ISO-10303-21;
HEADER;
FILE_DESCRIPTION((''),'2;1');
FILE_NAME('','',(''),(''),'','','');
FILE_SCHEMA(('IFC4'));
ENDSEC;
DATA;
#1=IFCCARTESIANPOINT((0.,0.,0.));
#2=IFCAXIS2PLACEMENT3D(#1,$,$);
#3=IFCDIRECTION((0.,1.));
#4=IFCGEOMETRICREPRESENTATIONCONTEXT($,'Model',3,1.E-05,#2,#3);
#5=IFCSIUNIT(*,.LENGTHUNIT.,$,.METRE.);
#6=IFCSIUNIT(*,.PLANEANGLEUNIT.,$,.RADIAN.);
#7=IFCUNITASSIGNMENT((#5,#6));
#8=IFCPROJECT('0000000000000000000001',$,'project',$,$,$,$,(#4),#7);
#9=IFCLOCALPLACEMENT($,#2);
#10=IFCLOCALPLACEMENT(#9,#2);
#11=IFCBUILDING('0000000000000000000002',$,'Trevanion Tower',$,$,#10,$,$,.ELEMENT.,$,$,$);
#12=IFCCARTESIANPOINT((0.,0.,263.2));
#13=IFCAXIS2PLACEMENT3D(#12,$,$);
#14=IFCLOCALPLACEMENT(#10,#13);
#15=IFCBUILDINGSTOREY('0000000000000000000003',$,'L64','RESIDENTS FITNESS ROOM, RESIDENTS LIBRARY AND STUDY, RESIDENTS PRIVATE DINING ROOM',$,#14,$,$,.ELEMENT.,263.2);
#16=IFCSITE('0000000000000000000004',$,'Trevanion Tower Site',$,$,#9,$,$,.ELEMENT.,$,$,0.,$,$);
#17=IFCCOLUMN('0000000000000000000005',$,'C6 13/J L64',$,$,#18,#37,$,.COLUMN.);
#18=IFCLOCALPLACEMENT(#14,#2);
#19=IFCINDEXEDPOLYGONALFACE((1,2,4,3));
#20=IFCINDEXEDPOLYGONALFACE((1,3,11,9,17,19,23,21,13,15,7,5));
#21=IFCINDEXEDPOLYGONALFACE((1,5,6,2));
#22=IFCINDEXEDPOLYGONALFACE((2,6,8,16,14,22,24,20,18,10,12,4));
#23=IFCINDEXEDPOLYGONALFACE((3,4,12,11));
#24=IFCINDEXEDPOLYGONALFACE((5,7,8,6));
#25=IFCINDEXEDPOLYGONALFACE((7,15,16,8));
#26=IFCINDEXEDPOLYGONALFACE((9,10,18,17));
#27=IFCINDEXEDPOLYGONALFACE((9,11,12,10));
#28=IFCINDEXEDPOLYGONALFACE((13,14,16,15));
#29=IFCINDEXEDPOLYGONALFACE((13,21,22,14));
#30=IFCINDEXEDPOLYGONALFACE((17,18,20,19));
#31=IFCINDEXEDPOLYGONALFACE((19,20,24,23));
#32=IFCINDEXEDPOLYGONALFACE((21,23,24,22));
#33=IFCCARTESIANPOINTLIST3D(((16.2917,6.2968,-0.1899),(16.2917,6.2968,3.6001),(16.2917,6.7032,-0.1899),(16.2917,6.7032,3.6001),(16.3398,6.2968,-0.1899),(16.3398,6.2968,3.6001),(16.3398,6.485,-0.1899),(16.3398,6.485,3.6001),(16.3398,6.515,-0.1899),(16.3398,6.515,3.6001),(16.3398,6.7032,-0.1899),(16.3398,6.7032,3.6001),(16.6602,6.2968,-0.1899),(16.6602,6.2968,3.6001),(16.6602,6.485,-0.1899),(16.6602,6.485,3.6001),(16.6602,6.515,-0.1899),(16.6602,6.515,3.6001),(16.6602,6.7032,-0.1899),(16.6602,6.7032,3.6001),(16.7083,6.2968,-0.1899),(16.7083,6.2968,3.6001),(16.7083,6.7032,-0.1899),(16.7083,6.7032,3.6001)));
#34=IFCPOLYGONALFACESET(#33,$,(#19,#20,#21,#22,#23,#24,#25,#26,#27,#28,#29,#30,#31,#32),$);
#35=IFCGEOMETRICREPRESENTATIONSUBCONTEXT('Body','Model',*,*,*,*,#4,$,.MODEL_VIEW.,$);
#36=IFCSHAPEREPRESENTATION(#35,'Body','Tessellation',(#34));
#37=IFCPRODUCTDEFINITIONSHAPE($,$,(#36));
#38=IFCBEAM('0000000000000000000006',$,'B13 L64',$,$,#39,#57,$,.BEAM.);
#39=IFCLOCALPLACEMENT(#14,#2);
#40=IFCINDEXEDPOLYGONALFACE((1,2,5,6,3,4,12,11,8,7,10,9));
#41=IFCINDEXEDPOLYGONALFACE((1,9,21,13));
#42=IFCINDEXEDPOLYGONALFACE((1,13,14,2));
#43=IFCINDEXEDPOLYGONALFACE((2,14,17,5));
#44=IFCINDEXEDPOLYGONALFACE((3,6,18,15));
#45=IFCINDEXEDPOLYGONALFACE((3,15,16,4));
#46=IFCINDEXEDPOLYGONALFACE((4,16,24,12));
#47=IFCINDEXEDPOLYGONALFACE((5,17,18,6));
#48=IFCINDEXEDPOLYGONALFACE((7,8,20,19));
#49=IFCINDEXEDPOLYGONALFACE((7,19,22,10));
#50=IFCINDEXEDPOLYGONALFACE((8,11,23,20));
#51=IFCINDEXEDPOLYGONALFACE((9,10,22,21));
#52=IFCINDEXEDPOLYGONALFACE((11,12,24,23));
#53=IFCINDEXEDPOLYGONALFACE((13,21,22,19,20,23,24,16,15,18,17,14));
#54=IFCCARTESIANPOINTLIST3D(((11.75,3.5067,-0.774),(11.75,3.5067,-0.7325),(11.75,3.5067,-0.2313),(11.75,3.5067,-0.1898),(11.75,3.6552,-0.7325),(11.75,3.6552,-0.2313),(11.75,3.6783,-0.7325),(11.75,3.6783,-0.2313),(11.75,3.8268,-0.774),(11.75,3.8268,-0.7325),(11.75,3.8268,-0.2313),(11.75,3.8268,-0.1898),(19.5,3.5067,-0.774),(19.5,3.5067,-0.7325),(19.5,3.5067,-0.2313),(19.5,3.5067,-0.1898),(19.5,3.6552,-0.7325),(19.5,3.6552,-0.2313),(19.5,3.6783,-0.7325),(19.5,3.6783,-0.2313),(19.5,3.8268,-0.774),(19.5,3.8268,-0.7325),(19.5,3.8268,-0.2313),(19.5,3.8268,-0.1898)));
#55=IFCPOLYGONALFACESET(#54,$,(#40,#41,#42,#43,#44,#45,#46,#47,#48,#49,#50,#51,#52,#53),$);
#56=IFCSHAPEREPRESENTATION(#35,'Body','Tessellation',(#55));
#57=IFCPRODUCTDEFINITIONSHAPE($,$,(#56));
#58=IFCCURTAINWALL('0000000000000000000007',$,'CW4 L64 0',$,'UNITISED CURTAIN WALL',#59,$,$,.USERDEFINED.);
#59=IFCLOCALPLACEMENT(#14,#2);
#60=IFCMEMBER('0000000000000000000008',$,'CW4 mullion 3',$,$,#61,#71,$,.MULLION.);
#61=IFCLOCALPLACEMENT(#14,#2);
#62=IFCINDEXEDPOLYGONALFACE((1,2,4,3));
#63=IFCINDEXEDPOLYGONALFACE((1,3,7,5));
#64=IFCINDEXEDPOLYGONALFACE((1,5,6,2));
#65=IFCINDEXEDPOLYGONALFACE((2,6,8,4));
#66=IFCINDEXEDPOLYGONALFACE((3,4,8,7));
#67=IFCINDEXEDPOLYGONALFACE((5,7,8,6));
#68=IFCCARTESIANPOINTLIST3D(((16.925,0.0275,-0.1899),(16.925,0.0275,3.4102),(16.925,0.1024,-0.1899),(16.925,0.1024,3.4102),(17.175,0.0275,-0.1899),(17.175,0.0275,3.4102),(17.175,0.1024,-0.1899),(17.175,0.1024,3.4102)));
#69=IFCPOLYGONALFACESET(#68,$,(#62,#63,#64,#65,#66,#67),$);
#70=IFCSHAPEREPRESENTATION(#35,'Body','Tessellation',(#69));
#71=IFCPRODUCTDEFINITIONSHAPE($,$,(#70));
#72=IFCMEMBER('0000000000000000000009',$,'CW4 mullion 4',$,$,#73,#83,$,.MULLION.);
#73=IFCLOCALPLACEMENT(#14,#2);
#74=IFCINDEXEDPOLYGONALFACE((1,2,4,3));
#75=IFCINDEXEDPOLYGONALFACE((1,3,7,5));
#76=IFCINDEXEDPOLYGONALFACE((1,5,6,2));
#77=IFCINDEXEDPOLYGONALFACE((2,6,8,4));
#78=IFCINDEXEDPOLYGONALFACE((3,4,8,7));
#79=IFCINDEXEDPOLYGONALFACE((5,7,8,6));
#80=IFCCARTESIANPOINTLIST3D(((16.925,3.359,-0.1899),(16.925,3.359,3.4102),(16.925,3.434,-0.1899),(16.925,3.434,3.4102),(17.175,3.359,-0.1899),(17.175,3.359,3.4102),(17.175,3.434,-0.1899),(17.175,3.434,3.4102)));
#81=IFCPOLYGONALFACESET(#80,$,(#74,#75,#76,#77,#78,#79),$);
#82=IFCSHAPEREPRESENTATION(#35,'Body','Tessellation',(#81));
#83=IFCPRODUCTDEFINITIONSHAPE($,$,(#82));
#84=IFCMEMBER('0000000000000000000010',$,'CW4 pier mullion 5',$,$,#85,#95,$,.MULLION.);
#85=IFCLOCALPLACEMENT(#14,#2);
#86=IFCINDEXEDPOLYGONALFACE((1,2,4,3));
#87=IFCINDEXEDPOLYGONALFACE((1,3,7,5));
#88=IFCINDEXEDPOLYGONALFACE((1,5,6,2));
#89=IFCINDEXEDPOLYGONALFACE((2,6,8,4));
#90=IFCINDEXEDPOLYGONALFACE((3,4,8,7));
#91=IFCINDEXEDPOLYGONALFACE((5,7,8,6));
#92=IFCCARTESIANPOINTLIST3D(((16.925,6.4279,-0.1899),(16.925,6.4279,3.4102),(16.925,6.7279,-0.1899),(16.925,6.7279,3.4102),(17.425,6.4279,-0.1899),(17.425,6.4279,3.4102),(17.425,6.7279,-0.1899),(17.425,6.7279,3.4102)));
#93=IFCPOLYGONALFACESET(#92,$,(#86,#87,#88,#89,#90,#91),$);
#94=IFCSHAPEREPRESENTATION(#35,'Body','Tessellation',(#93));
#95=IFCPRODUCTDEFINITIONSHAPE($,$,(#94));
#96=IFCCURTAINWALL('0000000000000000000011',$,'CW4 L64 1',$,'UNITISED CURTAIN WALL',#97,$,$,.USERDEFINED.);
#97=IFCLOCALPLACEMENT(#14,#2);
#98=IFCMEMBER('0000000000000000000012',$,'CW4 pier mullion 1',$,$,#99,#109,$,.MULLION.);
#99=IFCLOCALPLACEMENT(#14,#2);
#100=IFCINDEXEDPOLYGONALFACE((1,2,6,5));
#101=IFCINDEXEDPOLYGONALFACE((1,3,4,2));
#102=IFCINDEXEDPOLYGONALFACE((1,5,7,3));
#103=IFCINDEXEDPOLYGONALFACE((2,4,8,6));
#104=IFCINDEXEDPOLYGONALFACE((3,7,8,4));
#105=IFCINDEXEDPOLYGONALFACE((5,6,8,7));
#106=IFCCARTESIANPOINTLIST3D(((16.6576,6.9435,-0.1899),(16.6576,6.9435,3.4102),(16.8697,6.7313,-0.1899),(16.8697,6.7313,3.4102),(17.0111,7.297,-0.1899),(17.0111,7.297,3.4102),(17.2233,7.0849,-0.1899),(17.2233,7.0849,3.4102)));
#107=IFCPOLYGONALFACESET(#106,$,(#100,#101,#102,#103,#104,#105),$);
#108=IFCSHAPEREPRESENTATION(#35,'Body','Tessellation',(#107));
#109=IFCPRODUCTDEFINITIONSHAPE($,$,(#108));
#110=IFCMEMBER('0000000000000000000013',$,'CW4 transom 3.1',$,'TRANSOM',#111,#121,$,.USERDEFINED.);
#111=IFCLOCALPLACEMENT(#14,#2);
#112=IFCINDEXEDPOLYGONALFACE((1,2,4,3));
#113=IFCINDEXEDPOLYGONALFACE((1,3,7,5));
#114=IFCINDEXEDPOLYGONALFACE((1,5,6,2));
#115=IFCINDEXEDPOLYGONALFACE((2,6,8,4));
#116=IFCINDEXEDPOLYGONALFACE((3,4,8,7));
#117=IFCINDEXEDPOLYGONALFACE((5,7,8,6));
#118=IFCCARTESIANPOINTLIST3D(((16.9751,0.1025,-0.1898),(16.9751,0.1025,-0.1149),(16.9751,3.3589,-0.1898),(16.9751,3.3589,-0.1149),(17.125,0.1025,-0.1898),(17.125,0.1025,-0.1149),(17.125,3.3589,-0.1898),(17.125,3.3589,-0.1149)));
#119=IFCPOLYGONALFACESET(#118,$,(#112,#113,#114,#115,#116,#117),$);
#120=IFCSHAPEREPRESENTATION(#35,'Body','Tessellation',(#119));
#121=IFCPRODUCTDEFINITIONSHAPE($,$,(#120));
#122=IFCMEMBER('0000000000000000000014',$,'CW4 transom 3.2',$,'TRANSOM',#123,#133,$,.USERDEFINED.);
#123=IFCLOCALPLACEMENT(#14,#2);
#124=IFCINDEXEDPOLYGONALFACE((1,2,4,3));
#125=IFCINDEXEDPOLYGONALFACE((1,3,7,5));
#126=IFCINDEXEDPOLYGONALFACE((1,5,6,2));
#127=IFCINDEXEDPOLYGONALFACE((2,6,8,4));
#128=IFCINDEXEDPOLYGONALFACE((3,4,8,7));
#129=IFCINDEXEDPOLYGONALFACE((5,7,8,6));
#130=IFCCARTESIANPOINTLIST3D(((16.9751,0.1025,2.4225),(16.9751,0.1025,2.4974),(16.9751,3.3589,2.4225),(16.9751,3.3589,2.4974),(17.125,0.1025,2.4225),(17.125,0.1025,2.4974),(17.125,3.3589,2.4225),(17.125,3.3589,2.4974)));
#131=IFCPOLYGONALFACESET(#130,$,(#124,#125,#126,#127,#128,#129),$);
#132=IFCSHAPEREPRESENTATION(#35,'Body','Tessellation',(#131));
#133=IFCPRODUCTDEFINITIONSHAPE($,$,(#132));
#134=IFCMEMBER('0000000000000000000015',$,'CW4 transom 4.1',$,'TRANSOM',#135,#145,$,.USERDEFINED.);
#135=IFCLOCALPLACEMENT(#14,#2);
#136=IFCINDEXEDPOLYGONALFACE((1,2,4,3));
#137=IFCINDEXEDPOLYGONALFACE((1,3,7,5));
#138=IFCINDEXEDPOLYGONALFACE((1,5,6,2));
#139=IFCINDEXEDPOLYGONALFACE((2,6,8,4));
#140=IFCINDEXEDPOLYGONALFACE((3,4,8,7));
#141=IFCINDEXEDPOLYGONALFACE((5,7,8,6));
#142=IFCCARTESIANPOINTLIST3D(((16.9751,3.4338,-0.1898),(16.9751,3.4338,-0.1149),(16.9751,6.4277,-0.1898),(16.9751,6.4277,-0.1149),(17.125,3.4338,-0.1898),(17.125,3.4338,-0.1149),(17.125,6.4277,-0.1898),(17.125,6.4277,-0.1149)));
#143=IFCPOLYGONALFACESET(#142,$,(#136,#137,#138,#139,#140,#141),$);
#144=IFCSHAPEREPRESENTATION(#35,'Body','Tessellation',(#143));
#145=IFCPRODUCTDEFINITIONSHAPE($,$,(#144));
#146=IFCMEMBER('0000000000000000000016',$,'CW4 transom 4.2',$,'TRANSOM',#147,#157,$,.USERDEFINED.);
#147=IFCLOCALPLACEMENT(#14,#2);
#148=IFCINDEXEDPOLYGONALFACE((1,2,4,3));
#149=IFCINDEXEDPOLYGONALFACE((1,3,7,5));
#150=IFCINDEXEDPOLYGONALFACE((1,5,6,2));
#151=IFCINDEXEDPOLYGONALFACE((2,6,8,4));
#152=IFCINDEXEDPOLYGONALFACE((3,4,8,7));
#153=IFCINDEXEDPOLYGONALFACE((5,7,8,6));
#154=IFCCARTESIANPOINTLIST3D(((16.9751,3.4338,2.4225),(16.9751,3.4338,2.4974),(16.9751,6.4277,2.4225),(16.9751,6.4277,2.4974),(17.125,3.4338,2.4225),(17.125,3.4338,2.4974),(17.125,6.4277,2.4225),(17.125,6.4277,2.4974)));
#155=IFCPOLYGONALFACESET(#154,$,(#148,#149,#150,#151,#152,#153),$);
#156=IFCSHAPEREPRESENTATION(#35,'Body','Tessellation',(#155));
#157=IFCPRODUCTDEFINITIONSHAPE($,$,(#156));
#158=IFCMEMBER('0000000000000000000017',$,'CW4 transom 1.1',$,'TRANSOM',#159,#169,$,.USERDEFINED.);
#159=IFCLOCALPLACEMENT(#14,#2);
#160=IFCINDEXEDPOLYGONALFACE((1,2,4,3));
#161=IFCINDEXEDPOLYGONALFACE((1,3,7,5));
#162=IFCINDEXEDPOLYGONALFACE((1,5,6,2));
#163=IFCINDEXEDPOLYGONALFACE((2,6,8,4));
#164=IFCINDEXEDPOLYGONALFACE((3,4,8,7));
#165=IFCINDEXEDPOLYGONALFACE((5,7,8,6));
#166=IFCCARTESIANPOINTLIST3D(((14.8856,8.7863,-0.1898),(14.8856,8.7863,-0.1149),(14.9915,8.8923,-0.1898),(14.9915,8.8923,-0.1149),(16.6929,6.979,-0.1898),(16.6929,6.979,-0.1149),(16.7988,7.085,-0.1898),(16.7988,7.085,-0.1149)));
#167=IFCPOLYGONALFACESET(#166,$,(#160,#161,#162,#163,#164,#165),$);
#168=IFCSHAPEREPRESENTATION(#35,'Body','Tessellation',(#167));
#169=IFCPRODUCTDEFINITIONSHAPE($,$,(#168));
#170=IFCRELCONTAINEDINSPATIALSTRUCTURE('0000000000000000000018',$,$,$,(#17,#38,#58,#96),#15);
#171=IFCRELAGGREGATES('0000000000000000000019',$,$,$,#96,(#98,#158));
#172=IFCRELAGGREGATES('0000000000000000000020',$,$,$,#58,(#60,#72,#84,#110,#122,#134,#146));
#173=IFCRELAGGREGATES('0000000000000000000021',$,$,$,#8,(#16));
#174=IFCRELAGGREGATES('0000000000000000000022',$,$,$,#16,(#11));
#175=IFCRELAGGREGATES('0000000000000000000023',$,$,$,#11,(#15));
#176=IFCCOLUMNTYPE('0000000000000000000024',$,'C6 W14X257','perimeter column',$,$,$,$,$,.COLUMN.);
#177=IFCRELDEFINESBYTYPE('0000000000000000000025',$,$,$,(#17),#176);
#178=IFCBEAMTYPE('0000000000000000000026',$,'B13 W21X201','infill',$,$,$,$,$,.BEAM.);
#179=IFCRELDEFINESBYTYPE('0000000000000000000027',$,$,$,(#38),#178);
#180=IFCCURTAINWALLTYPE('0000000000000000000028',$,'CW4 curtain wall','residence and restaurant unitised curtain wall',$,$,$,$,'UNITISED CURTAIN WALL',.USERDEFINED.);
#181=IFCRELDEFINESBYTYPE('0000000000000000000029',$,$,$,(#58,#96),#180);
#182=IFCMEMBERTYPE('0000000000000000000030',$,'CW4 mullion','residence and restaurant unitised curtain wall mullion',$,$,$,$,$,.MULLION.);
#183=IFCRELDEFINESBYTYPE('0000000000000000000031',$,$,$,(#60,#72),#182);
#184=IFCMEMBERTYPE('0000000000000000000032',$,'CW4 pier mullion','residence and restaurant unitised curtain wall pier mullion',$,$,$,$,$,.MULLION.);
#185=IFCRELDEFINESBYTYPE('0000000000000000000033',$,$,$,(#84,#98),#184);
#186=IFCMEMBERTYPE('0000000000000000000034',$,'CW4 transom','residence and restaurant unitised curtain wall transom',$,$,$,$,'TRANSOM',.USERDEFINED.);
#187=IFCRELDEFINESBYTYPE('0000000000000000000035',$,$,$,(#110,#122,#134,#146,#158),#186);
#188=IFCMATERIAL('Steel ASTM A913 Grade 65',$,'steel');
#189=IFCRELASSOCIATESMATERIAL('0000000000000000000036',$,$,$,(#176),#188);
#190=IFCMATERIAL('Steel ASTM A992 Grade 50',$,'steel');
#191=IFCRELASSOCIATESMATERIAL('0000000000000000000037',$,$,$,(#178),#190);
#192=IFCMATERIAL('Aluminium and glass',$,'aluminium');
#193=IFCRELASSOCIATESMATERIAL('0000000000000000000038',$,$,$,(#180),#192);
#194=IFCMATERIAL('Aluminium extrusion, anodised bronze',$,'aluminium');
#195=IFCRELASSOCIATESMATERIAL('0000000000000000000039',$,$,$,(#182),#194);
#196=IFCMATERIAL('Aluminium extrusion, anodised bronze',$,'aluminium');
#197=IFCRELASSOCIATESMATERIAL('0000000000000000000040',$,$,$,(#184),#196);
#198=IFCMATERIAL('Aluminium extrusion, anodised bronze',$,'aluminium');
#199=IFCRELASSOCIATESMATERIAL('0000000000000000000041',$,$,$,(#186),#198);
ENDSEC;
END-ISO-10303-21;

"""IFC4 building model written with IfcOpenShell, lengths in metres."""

from ifc_helpers import new_model, si_unit, direction, frame, origin, origin_2d, place, context, subcontext, project, spatial, rectangle, i_section, extrude, material, material_profile, profile_set, type_object, element, aggregate, save


model = new_model("IFC4")

# Units and contexts
model_context = context("Model", 3, precision=1e-05, world=origin(), true_north=direction((0.0, 1.0)))
body_context = subcontext(model_context, "Body", "Model", "MODEL_VIEW")
ifc_project = project(units=[si_unit("LENGTHUNIT", "METRE"), si_unit("PLANEANGLEUNIT", "RADIAN")], contexts=[model_context])

# Site, building, storey
site_placement = place(None, origin())
site = spatial("IfcSite", under=ifc_project, at=site_placement, Name="Trevanion Tower Site", CompositionType="ELEMENT", RefElevation=0.0)
building_placement = place(site_placement, origin())
building = spatial("IfcBuilding", under=site, at=building_placement, Name="Trevanion Tower", CompositionType="ELEMENT")
storey_placement = place(building_placement, frame((0.0, 0.0, 263.2)))
storey = spatial("IfcBuildingStorey", under=building, at=storey_placement, Name="L64", Description="RESIDENTS FITNESS ROOM, RESIDENTS LIBRARY AND STUDY, RESIDENTS PRIVATE DINING ROOM", CompositionType="ELEMENT", Elevation=263.2)

# Column
ifc_material_1 = material(Name="Steel ASTM A913 Grade 65", Category="steel")
ifc_material_profile_1 = material_profile(ifc_material_1, i_section(OverallWidth=0.4065, OverallDepth=0.4165, WebThickness=0.03, FlangeThickness=0.0481, at=origin_2d()), Name="W14X257")
ifc_profile_set_1 = profile_set([ifc_material_profile_1], Name="Steel ASTM A913 Grade 65")
column_type = type_object("IfcColumnType", Name="C6 W14X257", Description="perimeter column", PredefinedType="COLUMN", material=ifc_profile_set_1)
column_placement = place(storey_placement, frame((16.5, 6.5, -0.1899), z_axis=(0.0, 0.0, 1.0), x_axis=(0.0, 1.0, 0.0)))
element("IfcColumn", 1, at=column_placement, inside=storey, type_object=column_type, Name="C6 13/J L64", PredefinedType="COLUMN", context=body_context, shape_type="SweptSolid", body=[
    extrude(i_section(OverallWidth=0.4065, OverallDepth=0.4165, WebThickness=0.03, FlangeThickness=0.0481, at=origin_2d()), origin(), (0.0, 0.0, 1.0), 3.79),
])

# Beam
ifc_material_2 = material(Name="Steel ASTM A992 Grade 50", Category="steel")
ifc_material_profile_2 = material_profile(ifc_material_2, i_section(OverallWidth=0.3201, OverallDepth=0.5842, WebThickness=0.0232, FlangeThickness=0.0415, at=origin_2d()), Name="W21X201")
ifc_profile_set_2 = profile_set([ifc_material_profile_2], Name="Steel ASTM A992 Grade 50")
beam_type_1 = type_object("IfcBeamType", Name="B13 W21X201", Description="infill", PredefinedType="BEAM", material=ifc_profile_set_2)
beam_1_placement = place(storey_placement, frame((11.75, 3.6667, -0.4819), z_axis=(1.0, 0.0, 0.0), x_axis=(0.0, 1.0, 0.0)))
element("IfcBeam", 2, at=beam_1_placement, inside=storey, type_object=beam_type_1, Name="B13 L64", PredefinedType="BEAM", context=body_context, shape_type="SweptSolid", body=[
    extrude(i_section(OverallWidth=0.3201, OverallDepth=0.5842, WebThickness=0.0232, FlangeThickness=0.0415, at=origin_2d()), origin(), (0.0, 0.0, 1.0), 7.75),
])

# Curtain wall, members
ifc_material_3 = material(Name="Aluminium and glass", Category="aluminium")
curtain_wall_type = type_object("IfcCurtainWallType", Name="CW4 curtain wall", Description="residence and restaurant unitised curtain wall", ElementType="UNITISED CURTAIN WALL", PredefinedType="USERDEFINED", material=ifc_material_3)
curtain_wall_1_placement = place(storey_placement, origin())
curtain_wall_1 = element("IfcCurtainWall", 3, at=curtain_wall_1_placement, inside=storey, type_object=curtain_wall_type, Name="CW4 L64 0", ObjectType="UNITISED CURTAIN WALL", PredefinedType="USERDEFINED")
ifc_material_4 = material(Name="Aluminium extrusion, anodised bronze", Category="aluminium")
ifc_material_profile_3 = material_profile(ifc_material_4, rectangle(XDim=0.075, YDim=0.25, at=origin_2d()), Name="CW4 mullion")
ifc_profile_set_3 = profile_set([ifc_material_profile_3], Name="Aluminium extrusion, anodised bronze")
member_type_1 = type_object("IfcMemberType", Name="CW4 mullion", Description="residence and restaurant unitised curtain wall mullion", PredefinedType="MULLION", material=ifc_profile_set_3)
member_1_placement = place(storey_placement, frame((17.05, 0.0649, -0.1899), z_axis=(0.0, 0.0, 1.0), x_axis=(0.0, 1.0, 0.0)))
member_1 = element("IfcMember", 4, at=member_1_placement, type_object=member_type_1, Name="CW4 mullion 3", PredefinedType="MULLION", context=body_context, shape_type="SweptSolid", body=[
    extrude(rectangle(XDim=0.075, YDim=0.25, at=origin_2d()), origin(), (0.0, 0.0, 1.0), 3.6001),
])
member_2_placement = place(storey_placement, frame((17.05, 3.3965, -0.1899), z_axis=(0.0, 0.0, 1.0), x_axis=(0.0, 1.0, 0.0)))
member_2 = element("IfcMember", 5, at=member_2_placement, type_object=member_type_1, Name="CW4 mullion 4", PredefinedType="MULLION", context=body_context, shape_type="SweptSolid", body=[
    extrude(rectangle(XDim=0.075, YDim=0.25, at=origin_2d()), origin(), (0.0, 0.0, 1.0), 3.6001),
])
ifc_material_5 = material(Name="Aluminium extrusion, anodised bronze", Category="aluminium")
ifc_material_profile_4 = material_profile(ifc_material_5, rectangle(XDim=0.3, YDim=0.5, at=origin_2d()), Name="CW4 pier mullion")
ifc_profile_set_4 = profile_set([ifc_material_profile_4], Name="Aluminium extrusion, anodised bronze")
member_type_2 = type_object("IfcMemberType", Name="CW4 pier mullion", Description="residence and restaurant unitised curtain wall pier mullion", PredefinedType="MULLION", material=ifc_profile_set_4)
member_3_placement = place(storey_placement, frame((17.175, 6.5779, -0.1899), z_axis=(0.0, 0.0, 1.0), x_axis=(0.0, 1.0, 0.0)))
member_3 = element("IfcMember", 6, at=member_3_placement, type_object=member_type_2, Name="CW4 pier mullion 5", PredefinedType="MULLION", context=body_context, shape_type="SweptSolid", body=[
    extrude(rectangle(XDim=0.3, YDim=0.5, at=origin_2d()), origin(), (0.0, 0.0, 1.0), 3.6001),
])

# Curtain wall, member
curtain_wall_2_placement = place(storey_placement, origin())
curtain_wall_2 = element("IfcCurtainWall", 7, at=curtain_wall_2_placement, inside=storey, type_object=curtain_wall_type, Name="CW4 L64 1", ObjectType="UNITISED CURTAIN WALL", PredefinedType="USERDEFINED")
member_4_placement = place(storey_placement, frame((16.9404, 7.0142, -0.1899), z_axis=(0.0, 0.0, 1.0), x_axis=(-0.707107, 0.707107, 0.0)))
member_4 = element("IfcMember", 8, at=member_4_placement, type_object=member_type_2, Name="CW4 pier mullion 1", PredefinedType="MULLION", context=body_context, shape_type="SweptSolid", body=[
    extrude(rectangle(XDim=0.3, YDim=0.5, at=origin_2d()), origin(), (0.0, 0.0, 1.0), 3.6001),
])

# Members
ifc_material_6 = material(Name="Aluminium extrusion, anodised bronze", Category="aluminium")
ifc_material_profile_5 = material_profile(ifc_material_6, rectangle(XDim=0.1499, YDim=0.075, at=origin_2d()), Name="CW4 transom")
ifc_profile_set_5 = profile_set([ifc_material_profile_5], Name="Aluminium extrusion, anodised bronze")
member_type_3 = type_object("IfcMemberType", Name="CW4 transom", Description="residence and restaurant unitised curtain wall transom", ElementType="TRANSOM", PredefinedType="USERDEFINED", material=ifc_profile_set_5)
member_5_placement = place(storey_placement, frame((17.05, 0.1025, -0.1523), z_axis=(0.0, 1.0, 0.0), x_axis=(-1.0, 0.0, 0.0)))
member_5 = element("IfcMember", 9, at=member_5_placement, type_object=member_type_3, Name="CW4 transom 3.1", ObjectType="TRANSOM", PredefinedType="USERDEFINED", context=body_context, shape_type="SweptSolid", body=[
    extrude(rectangle(XDim=0.1499, YDim=0.075, at=origin_2d()), origin(), (0.0, 0.0, 1.0), 3.2563),
])
member_6_placement = place(storey_placement, frame((17.05, 0.1025, 2.46), z_axis=(0.0, 1.0, 0.0), x_axis=(-1.0, 0.0, 0.0)))
member_6 = element("IfcMember", 10, at=member_6_placement, type_object=member_type_3, Name="CW4 transom 3.2", ObjectType="TRANSOM", PredefinedType="USERDEFINED", context=body_context, shape_type="SweptSolid", body=[
    extrude(rectangle(XDim=0.1499, YDim=0.075, at=origin_2d()), origin(), (0.0, 0.0, 1.0), 3.2563),
])
member_7_placement = place(storey_placement, frame((17.05, 3.4338, -0.1523), z_axis=(0.0, 1.0, 0.0), x_axis=(-1.0, 0.0, 0.0)))
member_7 = element("IfcMember", 11, at=member_7_placement, type_object=member_type_3, Name="CW4 transom 4.1", ObjectType="TRANSOM", PredefinedType="USERDEFINED", context=body_context, shape_type="SweptSolid", body=[
    extrude(rectangle(XDim=0.1499, YDim=0.075, at=origin_2d()), origin(), (0.0, 0.0, 1.0), 2.9939),
])
member_8_placement = place(storey_placement, frame((17.05, 3.4338, 2.46), z_axis=(0.0, 1.0, 0.0), x_axis=(-1.0, 0.0, 0.0)))
member_8 = element("IfcMember", 12, at=member_8_placement, type_object=member_type_3, Name="CW4 transom 4.2", ObjectType="TRANSOM", PredefinedType="USERDEFINED", context=body_context, shape_type="SweptSolid", body=[
    extrude(rectangle(XDim=0.1499, YDim=0.075, at=origin_2d()), origin(), (0.0, 0.0, 1.0), 2.9939),
])
member_9_placement = place(storey_placement, frame((16.7458, 7.032, -0.1523), z_axis=(-0.707107, 0.707107, 0.0), x_axis=(-0.707107, -0.707107, 0.0)))
member_9 = element("IfcMember", 13, at=member_9_placement, type_object=member_type_3, Name="CW4 transom 1.1", ObjectType="TRANSOM", PredefinedType="USERDEFINED", context=body_context, shape_type="SweptSolid", body=[
    extrude(rectangle(XDim=0.1499, YDim=0.075, at=origin_2d()), origin(), (0.0, 0.0, 1.0), 2.5559),
])
aggregate(curtain_wall_2, [member_4, member_9])

aggregate(curtain_wall_1, [member_1, member_2, member_3, member_5, member_6, member_7, member_8])

save(model, "model.ifc")
